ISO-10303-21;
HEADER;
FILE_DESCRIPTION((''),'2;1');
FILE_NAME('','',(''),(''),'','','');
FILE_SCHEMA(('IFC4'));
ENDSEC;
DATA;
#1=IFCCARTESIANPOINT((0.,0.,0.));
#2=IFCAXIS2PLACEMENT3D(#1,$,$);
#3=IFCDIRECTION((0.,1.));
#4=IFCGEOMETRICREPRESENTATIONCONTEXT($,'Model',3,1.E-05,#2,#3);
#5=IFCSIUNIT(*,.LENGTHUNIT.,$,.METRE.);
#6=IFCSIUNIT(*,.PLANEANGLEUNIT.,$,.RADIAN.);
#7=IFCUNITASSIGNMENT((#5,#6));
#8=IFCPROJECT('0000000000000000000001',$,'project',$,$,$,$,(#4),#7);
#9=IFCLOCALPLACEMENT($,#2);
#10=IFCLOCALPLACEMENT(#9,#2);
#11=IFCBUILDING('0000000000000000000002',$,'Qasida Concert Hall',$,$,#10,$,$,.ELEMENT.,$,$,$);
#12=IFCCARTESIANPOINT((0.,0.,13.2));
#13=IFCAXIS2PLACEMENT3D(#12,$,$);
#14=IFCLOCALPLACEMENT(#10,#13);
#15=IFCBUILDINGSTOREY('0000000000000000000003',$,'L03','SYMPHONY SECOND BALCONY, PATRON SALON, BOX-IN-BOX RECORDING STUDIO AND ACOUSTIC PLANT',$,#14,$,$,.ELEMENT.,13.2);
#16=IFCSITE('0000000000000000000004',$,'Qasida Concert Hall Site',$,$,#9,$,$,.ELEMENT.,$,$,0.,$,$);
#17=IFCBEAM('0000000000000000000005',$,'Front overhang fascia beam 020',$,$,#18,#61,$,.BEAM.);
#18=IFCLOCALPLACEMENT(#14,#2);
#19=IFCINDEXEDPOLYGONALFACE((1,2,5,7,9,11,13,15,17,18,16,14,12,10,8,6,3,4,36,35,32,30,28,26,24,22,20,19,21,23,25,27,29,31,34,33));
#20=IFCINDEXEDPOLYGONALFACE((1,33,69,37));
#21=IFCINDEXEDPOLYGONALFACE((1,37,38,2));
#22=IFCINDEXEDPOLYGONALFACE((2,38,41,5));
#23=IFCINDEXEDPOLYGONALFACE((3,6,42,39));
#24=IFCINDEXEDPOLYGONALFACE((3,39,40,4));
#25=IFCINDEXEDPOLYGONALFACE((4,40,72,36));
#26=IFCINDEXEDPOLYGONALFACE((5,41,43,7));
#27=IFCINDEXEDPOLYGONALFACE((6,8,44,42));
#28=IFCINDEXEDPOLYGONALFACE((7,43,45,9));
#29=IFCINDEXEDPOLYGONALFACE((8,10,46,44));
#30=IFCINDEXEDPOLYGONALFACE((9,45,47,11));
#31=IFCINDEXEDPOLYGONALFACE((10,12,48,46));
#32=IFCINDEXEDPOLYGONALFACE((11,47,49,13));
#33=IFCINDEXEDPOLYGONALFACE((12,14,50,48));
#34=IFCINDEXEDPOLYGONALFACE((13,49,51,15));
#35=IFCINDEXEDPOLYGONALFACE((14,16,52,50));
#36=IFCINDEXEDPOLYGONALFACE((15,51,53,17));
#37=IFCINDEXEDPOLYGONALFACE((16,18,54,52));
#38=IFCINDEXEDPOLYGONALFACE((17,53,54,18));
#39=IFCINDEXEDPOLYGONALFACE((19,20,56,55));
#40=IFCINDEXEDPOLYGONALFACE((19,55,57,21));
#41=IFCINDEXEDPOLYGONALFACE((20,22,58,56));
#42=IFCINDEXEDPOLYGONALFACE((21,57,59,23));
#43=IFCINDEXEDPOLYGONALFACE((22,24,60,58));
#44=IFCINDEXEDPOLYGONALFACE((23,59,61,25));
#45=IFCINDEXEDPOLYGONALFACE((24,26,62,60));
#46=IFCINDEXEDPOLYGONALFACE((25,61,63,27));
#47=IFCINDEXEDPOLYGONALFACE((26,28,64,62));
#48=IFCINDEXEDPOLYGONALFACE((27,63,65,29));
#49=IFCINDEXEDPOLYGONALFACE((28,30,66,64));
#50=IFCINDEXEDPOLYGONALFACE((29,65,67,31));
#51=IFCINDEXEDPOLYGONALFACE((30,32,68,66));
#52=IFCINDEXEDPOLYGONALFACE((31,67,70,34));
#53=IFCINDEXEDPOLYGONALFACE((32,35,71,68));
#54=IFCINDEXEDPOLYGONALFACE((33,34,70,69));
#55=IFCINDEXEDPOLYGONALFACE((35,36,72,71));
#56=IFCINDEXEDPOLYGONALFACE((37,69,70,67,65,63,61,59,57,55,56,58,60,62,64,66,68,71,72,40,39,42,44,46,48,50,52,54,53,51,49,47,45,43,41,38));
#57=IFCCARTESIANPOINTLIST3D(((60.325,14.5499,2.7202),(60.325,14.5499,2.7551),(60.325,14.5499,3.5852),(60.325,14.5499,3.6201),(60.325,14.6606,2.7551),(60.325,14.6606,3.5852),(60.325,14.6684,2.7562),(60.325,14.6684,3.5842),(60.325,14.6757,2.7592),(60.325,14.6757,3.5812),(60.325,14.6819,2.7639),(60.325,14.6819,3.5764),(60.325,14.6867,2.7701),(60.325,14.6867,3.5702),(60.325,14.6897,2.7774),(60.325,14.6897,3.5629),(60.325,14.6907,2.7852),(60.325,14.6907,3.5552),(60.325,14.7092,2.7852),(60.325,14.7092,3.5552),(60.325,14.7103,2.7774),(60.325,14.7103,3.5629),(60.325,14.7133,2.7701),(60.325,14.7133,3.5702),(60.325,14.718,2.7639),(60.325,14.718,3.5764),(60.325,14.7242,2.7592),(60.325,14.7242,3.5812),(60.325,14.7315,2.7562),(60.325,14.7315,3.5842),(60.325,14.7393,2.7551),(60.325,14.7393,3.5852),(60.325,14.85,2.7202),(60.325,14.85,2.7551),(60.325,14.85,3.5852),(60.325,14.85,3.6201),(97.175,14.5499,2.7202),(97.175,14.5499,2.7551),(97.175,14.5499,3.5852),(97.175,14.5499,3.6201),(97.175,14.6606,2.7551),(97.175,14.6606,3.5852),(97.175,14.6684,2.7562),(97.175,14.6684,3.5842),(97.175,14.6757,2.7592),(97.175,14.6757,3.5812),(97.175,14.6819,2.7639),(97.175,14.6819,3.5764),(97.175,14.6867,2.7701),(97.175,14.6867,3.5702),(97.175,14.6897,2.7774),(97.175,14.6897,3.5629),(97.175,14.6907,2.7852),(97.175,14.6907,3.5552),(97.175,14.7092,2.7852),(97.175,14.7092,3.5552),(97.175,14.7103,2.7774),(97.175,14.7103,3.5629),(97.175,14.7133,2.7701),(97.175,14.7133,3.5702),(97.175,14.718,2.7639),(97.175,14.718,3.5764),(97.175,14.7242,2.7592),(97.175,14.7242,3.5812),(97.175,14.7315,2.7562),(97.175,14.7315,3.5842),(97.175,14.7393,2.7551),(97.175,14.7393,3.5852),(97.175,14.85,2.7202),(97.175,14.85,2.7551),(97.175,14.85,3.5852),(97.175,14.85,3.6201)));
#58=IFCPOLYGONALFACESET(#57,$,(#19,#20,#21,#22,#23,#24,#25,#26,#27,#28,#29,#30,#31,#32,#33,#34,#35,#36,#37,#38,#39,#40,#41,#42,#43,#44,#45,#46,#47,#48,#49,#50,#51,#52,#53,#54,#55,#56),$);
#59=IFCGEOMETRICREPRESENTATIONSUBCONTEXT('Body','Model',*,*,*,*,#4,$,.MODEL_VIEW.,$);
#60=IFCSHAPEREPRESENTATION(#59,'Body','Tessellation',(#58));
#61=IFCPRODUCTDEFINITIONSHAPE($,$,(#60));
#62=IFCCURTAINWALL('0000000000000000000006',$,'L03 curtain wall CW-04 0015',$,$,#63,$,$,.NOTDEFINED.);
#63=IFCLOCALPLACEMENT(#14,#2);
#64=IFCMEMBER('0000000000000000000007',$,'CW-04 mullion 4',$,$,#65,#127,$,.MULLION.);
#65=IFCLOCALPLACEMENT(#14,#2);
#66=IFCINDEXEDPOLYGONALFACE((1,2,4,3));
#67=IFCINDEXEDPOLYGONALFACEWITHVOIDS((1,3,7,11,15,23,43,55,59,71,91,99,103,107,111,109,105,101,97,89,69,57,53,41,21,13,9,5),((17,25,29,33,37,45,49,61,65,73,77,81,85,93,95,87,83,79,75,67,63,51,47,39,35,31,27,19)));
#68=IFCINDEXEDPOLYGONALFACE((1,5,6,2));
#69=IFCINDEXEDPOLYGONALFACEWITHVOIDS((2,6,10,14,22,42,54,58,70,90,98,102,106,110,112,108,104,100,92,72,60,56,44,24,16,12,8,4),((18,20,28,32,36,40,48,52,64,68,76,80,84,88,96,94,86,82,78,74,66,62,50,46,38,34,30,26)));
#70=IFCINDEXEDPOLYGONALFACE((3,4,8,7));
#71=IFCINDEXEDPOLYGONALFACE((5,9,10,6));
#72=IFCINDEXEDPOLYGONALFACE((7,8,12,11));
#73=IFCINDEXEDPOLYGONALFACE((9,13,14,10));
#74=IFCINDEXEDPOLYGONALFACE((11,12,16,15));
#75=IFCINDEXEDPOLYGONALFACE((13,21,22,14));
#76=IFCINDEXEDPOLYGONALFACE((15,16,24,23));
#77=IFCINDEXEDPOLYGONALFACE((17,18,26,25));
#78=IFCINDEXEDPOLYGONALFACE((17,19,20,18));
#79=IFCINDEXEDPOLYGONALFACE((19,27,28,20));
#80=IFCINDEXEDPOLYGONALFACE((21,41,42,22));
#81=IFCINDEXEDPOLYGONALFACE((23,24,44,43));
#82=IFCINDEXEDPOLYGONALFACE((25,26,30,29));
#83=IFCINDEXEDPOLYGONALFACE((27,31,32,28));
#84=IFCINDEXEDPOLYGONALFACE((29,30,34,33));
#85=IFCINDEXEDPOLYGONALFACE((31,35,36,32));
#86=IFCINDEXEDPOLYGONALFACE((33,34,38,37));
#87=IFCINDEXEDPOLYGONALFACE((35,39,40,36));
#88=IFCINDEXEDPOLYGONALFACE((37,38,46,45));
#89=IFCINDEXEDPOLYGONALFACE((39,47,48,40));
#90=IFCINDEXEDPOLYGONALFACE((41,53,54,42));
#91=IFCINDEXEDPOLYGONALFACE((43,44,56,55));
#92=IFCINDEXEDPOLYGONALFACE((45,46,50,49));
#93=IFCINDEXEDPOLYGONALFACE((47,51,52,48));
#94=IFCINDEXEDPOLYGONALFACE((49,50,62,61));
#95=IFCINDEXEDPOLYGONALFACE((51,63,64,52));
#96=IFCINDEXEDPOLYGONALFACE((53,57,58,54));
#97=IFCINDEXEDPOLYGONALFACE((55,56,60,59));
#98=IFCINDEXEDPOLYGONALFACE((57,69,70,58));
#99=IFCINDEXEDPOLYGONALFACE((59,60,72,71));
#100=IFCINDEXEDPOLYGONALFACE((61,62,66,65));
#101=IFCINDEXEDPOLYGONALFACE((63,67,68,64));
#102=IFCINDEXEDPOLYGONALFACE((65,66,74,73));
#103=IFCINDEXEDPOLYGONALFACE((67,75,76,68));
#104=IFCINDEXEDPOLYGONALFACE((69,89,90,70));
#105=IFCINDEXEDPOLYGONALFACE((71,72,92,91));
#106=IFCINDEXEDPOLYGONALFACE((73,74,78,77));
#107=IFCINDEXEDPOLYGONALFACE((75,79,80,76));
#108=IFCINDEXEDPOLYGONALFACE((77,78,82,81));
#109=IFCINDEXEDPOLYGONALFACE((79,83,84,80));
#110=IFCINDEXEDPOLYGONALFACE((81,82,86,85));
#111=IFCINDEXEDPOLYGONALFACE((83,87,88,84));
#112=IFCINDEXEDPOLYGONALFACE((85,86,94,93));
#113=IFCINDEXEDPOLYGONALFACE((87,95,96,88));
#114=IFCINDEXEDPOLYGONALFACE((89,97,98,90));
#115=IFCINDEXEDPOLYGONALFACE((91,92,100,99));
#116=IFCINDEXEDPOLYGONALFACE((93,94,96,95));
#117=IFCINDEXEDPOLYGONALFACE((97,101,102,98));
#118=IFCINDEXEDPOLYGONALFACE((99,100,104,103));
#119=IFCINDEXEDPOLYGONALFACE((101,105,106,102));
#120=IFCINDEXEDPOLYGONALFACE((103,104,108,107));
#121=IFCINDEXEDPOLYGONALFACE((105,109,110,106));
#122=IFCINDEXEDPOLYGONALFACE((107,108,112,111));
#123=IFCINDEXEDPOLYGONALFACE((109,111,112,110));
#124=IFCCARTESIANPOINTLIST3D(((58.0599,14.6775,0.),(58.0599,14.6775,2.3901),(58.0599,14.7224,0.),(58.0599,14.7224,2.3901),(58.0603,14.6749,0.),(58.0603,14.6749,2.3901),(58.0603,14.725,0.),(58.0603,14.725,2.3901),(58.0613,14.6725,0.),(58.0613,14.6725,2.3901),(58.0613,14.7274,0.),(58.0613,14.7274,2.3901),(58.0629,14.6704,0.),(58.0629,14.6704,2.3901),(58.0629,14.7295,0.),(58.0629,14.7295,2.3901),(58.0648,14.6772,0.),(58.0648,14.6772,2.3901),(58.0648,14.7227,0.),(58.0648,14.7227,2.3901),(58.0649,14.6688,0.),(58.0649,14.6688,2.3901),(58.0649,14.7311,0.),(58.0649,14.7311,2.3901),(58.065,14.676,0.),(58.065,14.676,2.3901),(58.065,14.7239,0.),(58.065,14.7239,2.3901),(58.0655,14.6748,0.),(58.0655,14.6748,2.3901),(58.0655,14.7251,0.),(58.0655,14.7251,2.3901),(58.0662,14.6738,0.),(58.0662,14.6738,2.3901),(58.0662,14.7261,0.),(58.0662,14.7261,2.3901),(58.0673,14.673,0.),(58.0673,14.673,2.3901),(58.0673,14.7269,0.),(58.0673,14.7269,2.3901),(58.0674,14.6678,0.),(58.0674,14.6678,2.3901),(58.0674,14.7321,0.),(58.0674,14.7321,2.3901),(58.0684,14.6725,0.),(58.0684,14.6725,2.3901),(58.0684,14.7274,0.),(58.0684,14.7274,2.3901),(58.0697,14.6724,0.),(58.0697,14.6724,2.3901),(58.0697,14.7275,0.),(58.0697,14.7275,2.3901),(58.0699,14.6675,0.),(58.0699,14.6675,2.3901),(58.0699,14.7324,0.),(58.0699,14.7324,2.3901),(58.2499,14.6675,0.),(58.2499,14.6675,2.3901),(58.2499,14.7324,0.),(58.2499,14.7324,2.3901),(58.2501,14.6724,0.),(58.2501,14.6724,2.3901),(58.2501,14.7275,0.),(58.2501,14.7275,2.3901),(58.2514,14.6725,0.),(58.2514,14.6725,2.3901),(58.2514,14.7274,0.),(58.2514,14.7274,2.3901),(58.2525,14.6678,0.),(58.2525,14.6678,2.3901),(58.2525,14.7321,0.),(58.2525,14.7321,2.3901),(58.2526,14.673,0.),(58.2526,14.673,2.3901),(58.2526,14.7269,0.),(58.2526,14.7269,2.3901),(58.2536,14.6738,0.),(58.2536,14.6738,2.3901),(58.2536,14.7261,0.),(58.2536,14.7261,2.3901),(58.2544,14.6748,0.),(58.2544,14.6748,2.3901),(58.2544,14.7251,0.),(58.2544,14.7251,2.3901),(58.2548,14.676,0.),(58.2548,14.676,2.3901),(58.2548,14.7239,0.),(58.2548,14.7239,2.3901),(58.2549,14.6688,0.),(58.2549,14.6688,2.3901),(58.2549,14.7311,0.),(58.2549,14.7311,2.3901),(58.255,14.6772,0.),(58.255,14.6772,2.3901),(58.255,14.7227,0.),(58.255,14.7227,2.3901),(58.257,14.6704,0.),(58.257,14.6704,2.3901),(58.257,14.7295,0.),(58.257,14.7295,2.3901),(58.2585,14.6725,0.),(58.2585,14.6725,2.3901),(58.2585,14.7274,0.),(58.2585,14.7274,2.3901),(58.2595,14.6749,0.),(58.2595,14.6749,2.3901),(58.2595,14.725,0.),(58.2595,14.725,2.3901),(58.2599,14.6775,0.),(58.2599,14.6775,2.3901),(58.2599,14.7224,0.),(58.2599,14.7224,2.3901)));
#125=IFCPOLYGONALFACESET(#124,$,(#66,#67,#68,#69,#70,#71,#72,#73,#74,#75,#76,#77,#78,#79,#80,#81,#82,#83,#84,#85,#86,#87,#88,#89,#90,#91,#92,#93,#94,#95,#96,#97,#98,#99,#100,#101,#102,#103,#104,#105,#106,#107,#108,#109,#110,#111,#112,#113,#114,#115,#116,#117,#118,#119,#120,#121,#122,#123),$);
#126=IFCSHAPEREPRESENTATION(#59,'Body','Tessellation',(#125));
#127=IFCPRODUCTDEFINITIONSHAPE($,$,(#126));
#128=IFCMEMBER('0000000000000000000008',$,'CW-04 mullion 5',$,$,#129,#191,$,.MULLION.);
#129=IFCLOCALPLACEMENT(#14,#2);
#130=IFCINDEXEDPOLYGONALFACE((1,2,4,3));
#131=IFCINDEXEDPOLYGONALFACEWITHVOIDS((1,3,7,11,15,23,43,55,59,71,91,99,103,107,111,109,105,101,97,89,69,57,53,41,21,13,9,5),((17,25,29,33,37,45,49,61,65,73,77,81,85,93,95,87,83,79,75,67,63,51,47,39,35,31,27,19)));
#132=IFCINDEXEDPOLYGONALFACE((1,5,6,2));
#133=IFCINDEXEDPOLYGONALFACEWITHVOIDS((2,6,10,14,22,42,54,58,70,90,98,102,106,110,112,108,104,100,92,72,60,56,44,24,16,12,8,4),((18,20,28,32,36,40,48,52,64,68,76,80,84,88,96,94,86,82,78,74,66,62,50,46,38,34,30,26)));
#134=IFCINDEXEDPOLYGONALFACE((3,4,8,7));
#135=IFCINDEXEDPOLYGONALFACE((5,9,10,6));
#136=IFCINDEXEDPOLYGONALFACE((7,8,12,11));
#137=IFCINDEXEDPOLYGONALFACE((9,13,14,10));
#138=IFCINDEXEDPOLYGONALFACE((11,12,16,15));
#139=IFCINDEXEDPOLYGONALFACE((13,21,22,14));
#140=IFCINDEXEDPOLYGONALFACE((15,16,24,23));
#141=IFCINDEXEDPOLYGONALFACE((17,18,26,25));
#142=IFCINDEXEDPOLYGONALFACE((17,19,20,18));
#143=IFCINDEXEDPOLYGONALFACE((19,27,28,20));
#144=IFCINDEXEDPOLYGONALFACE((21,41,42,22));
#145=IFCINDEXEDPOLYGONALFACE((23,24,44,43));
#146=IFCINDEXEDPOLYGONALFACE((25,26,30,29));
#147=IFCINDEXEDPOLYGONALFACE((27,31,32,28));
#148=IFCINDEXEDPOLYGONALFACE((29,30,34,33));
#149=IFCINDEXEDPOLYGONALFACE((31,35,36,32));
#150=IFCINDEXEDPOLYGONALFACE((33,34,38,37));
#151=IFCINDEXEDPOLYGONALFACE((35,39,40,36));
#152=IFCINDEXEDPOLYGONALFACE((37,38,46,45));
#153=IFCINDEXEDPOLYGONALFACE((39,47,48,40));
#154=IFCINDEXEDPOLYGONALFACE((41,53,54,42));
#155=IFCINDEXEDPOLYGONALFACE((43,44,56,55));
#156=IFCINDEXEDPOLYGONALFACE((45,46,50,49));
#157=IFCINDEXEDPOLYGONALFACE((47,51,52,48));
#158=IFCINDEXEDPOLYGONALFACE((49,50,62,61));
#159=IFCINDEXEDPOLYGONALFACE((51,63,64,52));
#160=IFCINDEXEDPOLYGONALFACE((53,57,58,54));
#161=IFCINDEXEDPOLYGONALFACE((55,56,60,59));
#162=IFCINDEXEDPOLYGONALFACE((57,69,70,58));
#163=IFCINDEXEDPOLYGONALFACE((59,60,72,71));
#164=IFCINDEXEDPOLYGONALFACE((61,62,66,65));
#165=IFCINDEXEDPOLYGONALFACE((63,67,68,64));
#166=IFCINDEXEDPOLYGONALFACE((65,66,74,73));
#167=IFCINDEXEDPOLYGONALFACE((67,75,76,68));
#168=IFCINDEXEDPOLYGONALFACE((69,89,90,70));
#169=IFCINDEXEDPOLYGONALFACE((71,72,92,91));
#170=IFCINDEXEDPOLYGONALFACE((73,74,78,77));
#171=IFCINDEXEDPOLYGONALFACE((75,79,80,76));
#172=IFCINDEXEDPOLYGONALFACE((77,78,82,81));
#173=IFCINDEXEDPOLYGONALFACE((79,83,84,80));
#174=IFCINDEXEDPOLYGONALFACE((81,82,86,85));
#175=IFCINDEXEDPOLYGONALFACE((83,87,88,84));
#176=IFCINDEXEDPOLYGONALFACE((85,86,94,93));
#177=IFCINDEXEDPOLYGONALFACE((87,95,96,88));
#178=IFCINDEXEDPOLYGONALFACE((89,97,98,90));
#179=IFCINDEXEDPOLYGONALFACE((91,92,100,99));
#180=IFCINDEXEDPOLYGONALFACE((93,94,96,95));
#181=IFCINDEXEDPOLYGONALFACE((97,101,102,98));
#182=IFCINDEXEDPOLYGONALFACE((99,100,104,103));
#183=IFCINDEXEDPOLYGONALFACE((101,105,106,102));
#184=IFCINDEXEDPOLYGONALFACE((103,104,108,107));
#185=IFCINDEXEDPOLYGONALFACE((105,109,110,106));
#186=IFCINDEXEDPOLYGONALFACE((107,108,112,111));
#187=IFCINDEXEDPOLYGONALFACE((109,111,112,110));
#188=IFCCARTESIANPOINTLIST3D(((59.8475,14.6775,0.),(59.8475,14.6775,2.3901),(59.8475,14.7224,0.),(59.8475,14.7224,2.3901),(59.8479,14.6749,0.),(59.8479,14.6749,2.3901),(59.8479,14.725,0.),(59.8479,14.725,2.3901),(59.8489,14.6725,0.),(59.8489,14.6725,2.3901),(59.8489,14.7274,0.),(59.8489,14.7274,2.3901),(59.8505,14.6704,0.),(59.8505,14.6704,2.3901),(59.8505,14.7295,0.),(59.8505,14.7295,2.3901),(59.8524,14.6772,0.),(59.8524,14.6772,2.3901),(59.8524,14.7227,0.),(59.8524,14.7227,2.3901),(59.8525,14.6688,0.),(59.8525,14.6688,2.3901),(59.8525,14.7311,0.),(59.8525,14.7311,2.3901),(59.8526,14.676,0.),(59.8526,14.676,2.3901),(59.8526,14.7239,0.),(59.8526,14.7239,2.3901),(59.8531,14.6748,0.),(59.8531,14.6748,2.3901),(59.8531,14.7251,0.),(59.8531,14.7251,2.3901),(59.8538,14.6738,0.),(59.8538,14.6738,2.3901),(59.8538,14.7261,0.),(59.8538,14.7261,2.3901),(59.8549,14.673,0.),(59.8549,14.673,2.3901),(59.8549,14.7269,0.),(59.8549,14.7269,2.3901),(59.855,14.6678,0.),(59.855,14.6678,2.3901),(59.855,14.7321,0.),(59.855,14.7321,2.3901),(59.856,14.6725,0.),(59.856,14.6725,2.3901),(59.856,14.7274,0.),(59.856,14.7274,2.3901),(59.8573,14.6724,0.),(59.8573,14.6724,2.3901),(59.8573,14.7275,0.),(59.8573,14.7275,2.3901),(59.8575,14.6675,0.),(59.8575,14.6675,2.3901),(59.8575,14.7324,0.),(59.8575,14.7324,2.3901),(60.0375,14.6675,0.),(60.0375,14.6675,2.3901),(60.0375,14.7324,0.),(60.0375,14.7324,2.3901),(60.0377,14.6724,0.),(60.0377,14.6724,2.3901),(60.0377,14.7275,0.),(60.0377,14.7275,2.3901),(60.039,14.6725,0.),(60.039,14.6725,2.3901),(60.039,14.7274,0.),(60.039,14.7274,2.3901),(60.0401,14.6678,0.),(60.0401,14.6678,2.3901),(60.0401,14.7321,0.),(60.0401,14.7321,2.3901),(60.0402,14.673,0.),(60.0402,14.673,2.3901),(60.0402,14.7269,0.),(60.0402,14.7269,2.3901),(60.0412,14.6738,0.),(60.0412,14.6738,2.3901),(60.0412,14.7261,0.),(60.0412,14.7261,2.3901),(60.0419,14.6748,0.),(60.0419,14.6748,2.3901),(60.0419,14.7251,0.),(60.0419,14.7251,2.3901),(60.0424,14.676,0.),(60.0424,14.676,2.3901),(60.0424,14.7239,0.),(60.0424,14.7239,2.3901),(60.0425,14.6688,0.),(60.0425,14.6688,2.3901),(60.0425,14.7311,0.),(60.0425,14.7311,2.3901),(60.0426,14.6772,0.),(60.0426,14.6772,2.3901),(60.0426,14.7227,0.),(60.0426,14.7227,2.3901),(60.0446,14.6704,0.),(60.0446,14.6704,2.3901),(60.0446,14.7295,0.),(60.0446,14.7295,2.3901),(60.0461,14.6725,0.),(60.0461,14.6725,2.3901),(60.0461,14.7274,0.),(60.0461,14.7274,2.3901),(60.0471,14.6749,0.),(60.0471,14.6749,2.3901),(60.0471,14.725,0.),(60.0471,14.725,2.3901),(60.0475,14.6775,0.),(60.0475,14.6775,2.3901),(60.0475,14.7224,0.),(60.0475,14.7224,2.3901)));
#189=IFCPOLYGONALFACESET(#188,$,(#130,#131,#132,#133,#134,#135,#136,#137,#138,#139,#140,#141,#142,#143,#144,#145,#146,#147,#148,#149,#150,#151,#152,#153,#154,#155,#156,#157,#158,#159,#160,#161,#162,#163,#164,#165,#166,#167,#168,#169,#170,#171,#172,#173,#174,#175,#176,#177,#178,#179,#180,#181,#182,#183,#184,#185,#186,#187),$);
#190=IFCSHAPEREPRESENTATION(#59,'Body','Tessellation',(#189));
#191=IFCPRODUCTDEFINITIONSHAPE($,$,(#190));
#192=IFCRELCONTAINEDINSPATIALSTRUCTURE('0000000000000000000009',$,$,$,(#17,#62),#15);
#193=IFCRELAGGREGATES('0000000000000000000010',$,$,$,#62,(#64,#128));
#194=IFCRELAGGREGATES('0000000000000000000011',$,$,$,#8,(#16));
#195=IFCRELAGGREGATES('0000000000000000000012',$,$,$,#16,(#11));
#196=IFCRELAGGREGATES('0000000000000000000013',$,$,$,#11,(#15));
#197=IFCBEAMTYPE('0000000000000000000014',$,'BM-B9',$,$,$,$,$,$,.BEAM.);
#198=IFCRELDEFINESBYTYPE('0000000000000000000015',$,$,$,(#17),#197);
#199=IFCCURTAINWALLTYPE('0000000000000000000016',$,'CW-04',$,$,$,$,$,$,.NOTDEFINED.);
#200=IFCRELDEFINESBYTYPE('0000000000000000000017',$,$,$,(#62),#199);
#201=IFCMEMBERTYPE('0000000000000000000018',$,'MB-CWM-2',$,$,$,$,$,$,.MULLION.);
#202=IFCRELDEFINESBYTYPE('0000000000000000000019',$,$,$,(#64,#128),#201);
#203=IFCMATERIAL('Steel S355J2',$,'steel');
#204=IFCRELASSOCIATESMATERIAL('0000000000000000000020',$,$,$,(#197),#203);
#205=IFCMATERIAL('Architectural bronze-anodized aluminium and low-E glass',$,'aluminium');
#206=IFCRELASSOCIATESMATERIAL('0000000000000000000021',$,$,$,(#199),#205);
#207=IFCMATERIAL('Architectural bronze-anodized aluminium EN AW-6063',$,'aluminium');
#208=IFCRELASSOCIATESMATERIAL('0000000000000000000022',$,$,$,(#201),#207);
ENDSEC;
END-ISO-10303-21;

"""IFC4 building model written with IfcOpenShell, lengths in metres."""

from ifc_helpers import new_model, si_unit, direction, frame, origin, origin_2d, place, context, subcontext, project, spatial, hollow_rectangle, i_section, extrude, material, material_profile, profile_set, type_object, element, aggregate, save


model = new_model("IFC4")

# Units and contexts
model_context = context("Model", 3, precision=1e-05, world=origin(), true_north=direction((0.0, 1.0)))
body_context = subcontext(model_context, "Body", "Model", "MODEL_VIEW")
ifc_project = project(units=[si_unit("LENGTHUNIT", "METRE"), si_unit("PLANEANGLEUNIT", "RADIAN")], contexts=[model_context])

# Site, building, storey
site_placement = place(None, origin())
site = spatial("IfcSite", under=ifc_project, at=site_placement, Name="Qasida Concert Hall Site", CompositionType="ELEMENT", RefElevation=0.0)
building_placement = place(site_placement, origin())
building = spatial("IfcBuilding", under=site, at=building_placement, Name="Qasida Concert Hall", CompositionType="ELEMENT")
storey_placement = place(building_placement, frame((0.0, 0.0, 13.2)))
storey = spatial("IfcBuildingStorey", under=building, at=storey_placement, Name="L03", Description="SYMPHONY SECOND BALCONY, PATRON SALON, BOX-IN-BOX RECORDING STUDIO AND ACOUSTIC PLANT", CompositionType="ELEMENT", Elevation=13.2)

# Beam
ifc_material_1 = material(Name="Steel S355J2", Category="steel")
ifc_material_profile_1 = material_profile(ifc_material_1, i_section(OverallWidth=0.3, OverallDepth=0.8999, WebThickness=0.0186, FlangeThickness=0.0349, FilletRadius=0.03, at=origin_2d()), Name="HEB 900")
ifc_profile_set_1 = profile_set([ifc_material_profile_1], Name="Steel S355J2")
beam_type = type_object("IfcBeamType", Name="BM-B9", PredefinedType="BEAM", material=ifc_profile_set_1)
beam_placement = place(storey_placement, frame((60.325, 14.7, 3.1702), z_axis=(1.0, 0.0, 0.0), x_axis=(0.0, 1.0, 0.0)))
element("IfcBeam", 1, at=beam_placement, inside=storey, type_object=beam_type, Name="Front overhang fascia beam 020", PredefinedType="BEAM", context=body_context, shape_type="SweptSolid", body=[
    extrude(i_section(OverallWidth=0.3, OverallDepth=0.8999, WebThickness=0.0186, FlangeThickness=0.0349, FilletRadius=0.03, at=origin_2d()), origin(), (0.0, 0.0, 1.0), 36.8501),
])

# Curtain wall, members
ifc_material_2 = material(Name="Architectural bronze-anodized aluminium and low-E glass", Category="aluminium")
curtain_wall_type = type_object("IfcCurtainWallType", Name="CW-04", PredefinedType="NOTDEFINED", material=ifc_material_2)
curtain_wall_1_placement = place(storey_placement, origin())
curtain_wall_1 = element("IfcCurtainWall", 2, at=curtain_wall_1_placement, inside=storey, type_object=curtain_wall_type, Name="L03 curtain wall CW-04 0015", PredefinedType="NOTDEFINED")
ifc_material_3 = material(Name="Architectural bronze-anodized aluminium EN AW-6063", Category="aluminium")
ifc_material_profile_2 = material_profile(ifc_material_3, hollow_rectangle(XDim=0.0649, YDim=0.2, WallThickness=0.0049, InnerFilletRadius=0.0049, OuterFilletRadius=0.01, at=origin_2d()), Name="CWM 200x65x5")
ifc_profile_set_2 = profile_set([ifc_material_profile_2], Name="Architectural bronze-anodized aluminium EN AW-6063")
member_type_1 = type_object("IfcMemberType", Name="MB-CWM-2", PredefinedType="MULLION", material=ifc_profile_set_2)
member_1_placement = place(storey_placement, frame((58.1599, 14.7, 0.0), z_axis=(0.0, 0.0, 1.0), x_axis=(0.0, 1.0, 0.0)))
member_1 = element("IfcMember", 3, at=member_1_placement, type_object=member_type_1, Name="CW-04 mullion 4", PredefinedType="MULLION", context=body_context, shape_type="SweptSolid", body=[
    extrude(hollow_rectangle(XDim=0.0649, YDim=0.2, WallThickness=0.0049, InnerFilletRadius=0.0049, OuterFilletRadius=0.01, at=origin_2d()), origin(), (0.0, 0.0, 1.0), 2.3901),
])
member_2_placement = place(storey_placement, frame((59.9475, 14.7, 0.0), z_axis=(0.0, 0.0, 1.0), x_axis=(0.0, 1.0, 0.0)))
member_2 = element("IfcMember", 4, at=member_2_placement, type_object=member_type_1, Name="CW-04 mullion 5", PredefinedType="MULLION", context=body_context, shape_type="SweptSolid", body=[
    extrude(hollow_rectangle(XDim=0.0649, YDim=0.2, WallThickness=0.0049, InnerFilletRadius=0.0049, OuterFilletRadius=0.01, at=origin_2d()), origin(), (0.0, 0.0, 1.0), 2.3901),
])

aggregate(curtain_wall_1, [member_1, member_2])

save(model, "model.ifc")
